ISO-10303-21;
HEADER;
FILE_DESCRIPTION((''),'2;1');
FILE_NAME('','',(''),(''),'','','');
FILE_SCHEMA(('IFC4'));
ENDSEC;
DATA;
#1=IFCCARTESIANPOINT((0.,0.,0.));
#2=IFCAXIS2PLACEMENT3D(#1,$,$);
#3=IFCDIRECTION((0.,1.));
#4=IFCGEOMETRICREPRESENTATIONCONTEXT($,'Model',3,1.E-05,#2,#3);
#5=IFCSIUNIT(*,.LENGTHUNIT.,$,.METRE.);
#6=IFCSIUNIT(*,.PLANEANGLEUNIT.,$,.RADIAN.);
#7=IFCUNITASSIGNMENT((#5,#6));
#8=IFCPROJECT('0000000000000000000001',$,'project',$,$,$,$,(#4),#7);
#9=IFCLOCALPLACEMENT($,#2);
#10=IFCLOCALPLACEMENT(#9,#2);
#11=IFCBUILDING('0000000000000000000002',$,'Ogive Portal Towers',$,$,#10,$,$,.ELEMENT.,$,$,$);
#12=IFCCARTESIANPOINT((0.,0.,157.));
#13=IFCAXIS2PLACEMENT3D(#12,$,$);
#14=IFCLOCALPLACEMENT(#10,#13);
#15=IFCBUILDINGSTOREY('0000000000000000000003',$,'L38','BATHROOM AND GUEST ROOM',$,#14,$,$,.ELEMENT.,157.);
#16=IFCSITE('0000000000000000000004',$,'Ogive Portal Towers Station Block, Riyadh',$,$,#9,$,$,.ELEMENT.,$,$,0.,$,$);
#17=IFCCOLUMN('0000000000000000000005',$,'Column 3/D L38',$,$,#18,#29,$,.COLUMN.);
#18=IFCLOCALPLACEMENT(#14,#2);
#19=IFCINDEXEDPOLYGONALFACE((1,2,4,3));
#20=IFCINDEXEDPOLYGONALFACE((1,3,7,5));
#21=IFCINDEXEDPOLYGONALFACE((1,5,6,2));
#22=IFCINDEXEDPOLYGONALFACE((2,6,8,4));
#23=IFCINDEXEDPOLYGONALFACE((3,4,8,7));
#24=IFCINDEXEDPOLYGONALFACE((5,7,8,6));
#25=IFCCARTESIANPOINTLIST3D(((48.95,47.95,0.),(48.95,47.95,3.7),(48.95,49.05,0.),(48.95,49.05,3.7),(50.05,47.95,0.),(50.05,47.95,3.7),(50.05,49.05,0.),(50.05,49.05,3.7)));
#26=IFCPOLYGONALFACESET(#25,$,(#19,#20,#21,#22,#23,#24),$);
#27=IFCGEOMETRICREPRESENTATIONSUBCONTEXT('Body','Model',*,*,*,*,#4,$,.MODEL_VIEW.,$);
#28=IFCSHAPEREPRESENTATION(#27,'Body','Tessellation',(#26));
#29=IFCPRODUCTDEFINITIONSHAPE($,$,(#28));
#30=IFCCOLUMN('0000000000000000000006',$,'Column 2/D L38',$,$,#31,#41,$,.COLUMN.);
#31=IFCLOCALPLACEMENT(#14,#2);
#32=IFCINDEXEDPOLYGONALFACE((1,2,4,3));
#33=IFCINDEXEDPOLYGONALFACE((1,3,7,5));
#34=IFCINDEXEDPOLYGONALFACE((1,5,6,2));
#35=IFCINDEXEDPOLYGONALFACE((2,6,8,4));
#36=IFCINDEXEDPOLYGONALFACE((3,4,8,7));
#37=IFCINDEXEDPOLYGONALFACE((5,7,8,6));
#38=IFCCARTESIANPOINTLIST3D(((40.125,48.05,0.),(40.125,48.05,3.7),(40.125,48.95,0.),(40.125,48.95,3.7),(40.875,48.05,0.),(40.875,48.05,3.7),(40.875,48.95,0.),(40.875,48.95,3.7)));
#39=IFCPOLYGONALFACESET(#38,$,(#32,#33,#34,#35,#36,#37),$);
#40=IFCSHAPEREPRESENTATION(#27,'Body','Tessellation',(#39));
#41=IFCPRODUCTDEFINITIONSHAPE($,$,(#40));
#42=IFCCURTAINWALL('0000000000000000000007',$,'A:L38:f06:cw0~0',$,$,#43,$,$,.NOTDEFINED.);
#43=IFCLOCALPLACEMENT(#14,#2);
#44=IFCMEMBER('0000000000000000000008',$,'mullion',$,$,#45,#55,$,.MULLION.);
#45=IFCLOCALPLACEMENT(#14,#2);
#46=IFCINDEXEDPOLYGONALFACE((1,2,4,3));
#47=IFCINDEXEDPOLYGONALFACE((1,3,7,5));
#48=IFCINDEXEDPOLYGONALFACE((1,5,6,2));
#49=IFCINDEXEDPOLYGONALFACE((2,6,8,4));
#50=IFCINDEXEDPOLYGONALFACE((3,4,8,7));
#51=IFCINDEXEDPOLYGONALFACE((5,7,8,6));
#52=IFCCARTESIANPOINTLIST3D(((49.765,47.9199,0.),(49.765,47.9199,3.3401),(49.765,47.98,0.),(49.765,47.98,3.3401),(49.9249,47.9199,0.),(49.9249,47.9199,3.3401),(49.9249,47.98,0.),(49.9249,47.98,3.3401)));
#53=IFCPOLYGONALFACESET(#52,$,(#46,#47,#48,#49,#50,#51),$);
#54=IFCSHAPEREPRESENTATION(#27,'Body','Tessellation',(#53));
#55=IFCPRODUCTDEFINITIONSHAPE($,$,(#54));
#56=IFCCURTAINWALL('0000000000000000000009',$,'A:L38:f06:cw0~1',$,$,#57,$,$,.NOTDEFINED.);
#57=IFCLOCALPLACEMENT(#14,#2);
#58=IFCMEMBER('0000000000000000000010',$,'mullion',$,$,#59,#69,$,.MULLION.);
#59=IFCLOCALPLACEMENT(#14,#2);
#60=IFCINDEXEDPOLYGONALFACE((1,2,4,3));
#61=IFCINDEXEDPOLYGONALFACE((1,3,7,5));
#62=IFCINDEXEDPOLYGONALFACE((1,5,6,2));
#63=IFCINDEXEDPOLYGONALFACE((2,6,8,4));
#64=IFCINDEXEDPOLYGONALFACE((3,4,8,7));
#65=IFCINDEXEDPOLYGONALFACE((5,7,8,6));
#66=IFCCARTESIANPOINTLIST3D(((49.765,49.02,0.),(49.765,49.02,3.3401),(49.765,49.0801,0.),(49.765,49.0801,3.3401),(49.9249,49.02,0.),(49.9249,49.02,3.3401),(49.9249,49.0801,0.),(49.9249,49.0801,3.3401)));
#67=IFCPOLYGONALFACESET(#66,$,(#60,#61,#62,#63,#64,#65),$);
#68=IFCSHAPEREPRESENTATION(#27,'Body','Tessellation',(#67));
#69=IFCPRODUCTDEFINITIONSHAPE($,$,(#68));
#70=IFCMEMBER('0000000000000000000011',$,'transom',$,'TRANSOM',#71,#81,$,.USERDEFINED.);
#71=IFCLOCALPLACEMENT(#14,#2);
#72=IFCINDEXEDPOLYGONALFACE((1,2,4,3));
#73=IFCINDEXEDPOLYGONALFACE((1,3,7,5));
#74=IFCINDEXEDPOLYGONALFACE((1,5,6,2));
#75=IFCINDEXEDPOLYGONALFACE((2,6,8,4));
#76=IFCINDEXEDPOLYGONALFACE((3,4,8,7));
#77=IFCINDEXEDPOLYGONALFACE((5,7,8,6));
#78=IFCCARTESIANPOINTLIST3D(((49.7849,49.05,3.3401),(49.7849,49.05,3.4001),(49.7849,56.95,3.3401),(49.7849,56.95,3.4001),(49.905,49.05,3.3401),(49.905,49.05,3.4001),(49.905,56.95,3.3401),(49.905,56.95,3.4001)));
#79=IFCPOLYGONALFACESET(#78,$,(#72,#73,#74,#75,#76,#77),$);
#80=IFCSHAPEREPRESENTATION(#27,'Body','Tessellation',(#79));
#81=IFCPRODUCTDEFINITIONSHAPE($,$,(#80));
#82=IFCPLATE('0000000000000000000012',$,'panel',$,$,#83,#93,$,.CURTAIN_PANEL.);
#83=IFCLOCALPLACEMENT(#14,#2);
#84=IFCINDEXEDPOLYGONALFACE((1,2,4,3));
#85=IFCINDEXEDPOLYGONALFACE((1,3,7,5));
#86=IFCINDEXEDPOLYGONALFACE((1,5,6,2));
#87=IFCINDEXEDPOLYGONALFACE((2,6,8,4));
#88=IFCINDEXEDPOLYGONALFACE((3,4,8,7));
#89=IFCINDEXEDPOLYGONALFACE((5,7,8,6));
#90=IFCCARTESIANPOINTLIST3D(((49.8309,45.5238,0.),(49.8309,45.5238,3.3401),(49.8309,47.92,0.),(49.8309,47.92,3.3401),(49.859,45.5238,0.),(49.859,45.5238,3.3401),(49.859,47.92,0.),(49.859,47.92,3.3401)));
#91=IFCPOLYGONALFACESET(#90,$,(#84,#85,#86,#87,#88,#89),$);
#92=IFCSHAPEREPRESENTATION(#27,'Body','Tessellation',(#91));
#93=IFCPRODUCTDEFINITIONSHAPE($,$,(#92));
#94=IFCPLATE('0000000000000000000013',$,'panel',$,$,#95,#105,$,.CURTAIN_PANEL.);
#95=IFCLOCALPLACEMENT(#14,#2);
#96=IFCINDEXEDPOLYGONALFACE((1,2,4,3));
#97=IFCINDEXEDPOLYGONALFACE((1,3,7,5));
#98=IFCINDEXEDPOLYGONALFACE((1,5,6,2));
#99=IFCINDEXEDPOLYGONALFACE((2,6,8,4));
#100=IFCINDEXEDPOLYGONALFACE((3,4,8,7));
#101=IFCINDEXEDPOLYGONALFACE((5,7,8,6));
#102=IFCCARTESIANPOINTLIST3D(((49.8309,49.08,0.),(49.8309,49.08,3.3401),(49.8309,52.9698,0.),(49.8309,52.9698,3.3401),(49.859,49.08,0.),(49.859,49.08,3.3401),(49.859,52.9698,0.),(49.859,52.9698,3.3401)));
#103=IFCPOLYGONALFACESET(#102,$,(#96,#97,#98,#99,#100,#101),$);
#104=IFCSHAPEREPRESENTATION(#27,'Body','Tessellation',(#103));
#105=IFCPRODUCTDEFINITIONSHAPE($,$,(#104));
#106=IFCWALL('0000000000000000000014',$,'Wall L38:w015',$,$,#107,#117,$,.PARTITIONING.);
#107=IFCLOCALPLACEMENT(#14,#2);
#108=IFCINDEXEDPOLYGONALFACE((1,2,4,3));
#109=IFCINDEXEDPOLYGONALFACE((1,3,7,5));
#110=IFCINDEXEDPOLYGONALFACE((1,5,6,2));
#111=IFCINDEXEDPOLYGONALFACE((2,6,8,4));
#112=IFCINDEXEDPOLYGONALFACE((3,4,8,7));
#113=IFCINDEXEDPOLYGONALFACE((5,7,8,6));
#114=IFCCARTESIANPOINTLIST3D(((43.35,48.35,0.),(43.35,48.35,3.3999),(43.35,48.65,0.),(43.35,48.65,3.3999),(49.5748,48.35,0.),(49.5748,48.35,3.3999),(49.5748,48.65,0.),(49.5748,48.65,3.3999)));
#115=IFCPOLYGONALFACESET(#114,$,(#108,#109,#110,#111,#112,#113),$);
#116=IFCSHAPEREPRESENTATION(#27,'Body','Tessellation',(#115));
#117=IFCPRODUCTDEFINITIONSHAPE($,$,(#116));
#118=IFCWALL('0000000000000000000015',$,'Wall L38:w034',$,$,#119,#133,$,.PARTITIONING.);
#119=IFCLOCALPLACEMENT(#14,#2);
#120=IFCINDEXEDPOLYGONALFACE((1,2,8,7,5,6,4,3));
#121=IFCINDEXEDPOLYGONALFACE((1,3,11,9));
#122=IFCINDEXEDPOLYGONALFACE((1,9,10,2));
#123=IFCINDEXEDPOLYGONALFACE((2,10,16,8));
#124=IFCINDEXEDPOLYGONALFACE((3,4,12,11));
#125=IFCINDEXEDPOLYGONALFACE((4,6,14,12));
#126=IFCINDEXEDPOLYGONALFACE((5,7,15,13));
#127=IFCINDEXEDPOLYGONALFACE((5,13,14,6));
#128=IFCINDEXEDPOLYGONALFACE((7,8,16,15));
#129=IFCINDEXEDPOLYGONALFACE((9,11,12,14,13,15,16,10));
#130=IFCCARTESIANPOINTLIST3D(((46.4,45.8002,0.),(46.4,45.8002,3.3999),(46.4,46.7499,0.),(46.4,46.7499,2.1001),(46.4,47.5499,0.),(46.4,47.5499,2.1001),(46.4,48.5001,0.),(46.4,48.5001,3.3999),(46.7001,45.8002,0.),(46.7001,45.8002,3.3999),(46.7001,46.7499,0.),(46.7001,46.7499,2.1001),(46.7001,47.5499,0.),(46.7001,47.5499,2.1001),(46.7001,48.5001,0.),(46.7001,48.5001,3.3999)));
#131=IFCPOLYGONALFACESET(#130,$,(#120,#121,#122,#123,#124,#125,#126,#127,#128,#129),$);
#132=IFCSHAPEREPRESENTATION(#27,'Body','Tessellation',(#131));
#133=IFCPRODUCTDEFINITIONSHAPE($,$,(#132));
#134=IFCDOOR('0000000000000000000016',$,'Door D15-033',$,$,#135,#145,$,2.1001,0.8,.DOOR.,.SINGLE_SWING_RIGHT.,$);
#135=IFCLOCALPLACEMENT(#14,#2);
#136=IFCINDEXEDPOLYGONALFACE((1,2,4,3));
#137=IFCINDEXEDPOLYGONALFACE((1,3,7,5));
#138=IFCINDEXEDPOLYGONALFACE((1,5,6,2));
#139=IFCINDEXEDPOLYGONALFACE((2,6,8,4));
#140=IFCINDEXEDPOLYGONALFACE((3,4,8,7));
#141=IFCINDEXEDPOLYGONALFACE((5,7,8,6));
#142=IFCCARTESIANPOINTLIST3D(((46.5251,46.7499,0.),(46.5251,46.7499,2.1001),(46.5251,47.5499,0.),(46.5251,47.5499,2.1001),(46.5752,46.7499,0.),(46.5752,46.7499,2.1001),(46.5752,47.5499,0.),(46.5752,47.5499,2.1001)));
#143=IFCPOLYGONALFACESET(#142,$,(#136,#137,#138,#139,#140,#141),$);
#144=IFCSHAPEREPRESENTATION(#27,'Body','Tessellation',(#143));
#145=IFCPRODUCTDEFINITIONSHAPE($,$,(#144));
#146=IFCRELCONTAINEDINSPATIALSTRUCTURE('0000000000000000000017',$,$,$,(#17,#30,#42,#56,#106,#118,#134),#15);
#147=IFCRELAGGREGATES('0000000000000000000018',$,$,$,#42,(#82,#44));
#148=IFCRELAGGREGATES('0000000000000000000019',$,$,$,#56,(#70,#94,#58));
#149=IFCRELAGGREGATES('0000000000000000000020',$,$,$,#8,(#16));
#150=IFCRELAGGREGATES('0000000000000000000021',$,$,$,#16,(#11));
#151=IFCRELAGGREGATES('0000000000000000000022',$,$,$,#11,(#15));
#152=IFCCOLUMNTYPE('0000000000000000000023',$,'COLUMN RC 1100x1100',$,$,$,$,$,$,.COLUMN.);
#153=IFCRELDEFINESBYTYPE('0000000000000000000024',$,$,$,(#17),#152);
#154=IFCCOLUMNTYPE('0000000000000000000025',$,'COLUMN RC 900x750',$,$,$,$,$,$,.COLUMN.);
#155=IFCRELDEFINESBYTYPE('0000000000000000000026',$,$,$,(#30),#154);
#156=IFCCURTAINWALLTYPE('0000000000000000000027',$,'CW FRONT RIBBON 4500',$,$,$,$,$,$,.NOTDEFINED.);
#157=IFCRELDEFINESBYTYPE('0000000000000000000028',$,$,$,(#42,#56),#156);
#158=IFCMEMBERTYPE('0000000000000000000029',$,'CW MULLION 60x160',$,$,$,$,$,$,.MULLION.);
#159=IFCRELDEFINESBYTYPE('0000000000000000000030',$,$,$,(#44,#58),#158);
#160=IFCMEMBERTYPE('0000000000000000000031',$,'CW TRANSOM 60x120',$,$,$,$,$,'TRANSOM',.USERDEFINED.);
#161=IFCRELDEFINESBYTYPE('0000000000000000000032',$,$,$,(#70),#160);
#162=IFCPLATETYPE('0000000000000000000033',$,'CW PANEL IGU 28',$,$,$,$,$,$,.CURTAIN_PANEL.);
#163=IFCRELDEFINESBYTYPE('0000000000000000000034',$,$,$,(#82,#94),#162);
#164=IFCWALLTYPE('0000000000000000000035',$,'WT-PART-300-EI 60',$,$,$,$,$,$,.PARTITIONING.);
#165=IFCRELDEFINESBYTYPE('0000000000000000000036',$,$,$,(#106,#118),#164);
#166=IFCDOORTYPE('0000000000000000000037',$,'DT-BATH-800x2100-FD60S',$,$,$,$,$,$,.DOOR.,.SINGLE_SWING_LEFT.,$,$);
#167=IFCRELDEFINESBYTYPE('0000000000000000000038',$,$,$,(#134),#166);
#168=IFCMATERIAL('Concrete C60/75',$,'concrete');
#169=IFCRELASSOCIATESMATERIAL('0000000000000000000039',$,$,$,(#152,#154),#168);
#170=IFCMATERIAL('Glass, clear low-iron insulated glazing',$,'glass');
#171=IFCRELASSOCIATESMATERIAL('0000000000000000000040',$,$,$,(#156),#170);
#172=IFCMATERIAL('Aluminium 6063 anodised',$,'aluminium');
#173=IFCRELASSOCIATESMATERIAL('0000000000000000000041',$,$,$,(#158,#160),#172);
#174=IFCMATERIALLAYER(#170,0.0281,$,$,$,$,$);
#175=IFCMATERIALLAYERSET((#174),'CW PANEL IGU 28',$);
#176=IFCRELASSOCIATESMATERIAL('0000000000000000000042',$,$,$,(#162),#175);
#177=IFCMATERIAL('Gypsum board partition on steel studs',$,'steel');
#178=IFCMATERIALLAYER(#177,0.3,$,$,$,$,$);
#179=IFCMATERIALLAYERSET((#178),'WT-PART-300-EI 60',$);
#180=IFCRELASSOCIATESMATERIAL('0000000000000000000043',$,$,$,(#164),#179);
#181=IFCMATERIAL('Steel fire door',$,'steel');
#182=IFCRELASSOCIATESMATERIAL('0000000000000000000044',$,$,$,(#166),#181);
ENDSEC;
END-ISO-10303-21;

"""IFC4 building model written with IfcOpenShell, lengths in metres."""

from ifc_helpers import new_model, si_unit, direction, frame, frame_2d, origin, origin_2d, place, context, subcontext, project, spatial, rectangle, extrude, material, layer, layer_set, material_profile, profile_set, type_object, element, fill, aggregate, save


model = new_model("IFC4")

# Units and contexts
model_context = context("Model", 3, precision=1e-05, world=origin(), true_north=direction((0.0, 1.0)))
body_context = subcontext(model_context, "Body", "Model", "MODEL_VIEW")
ifc_project = project(units=[si_unit("LENGTHUNIT", "METRE"), si_unit("PLANEANGLEUNIT", "RADIAN")], contexts=[model_context])

# Site, building, storey
site_placement = place(None, origin())
site = spatial("IfcSite", under=ifc_project, at=site_placement, Name="Ogive Portal Towers Station Block, Riyadh", CompositionType="ELEMENT", RefElevation=0.0)
building_placement = place(site_placement, origin())
building = spatial("IfcBuilding", under=site, at=building_placement, Name="Ogive Portal Towers", CompositionType="ELEMENT")
storey_placement = place(building_placement, frame((0.0, 0.0, 157.0)))
storey = spatial("IfcBuildingStorey", under=building, at=storey_placement, Name="L38", Description="BATHROOM AND GUEST ROOM", CompositionType="ELEMENT", Elevation=157.0)

# Columns
ifc_material_1 = material(Name="Concrete C60/75", Category="concrete")
ifc_material_profile_1 = material_profile(ifc_material_1, rectangle(XDim=1.1001, YDim=1.1001, at=origin_2d()), Name="RC 1100x1100")
ifc_profile_set_1 = profile_set([ifc_material_profile_1], Name="Concrete C60/75")
column_type_1 = type_object("IfcColumnType", Name="COLUMN RC 1100x1100", PredefinedType="COLUMN", material=ifc_profile_set_1)
column_1_placement = place(storey_placement, frame((49.5, 48.5, 0.0), z_axis=(0.0, 0.0, 1.0), x_axis=(1.0, 0.0, 0.0)))
element("IfcColumn", 1, at=column_1_placement, inside=storey, type_object=column_type_1, Name="Column 3/D L38", PredefinedType="COLUMN", context=body_context, shape_type="SweptSolid", body=[
    extrude(rectangle(XDim=1.1001, YDim=1.1001, at=origin_2d()), origin(), (0.0, 0.0, 1.0), 3.7),
])
ifc_material_profile_2 = material_profile(ifc_material_1, rectangle(XDim=0.8999, YDim=0.75, at=origin_2d()), Name="RC 900x750")
ifc_profile_set_2 = profile_set([ifc_material_profile_2], Name="Concrete C60/75")
column_type_2 = type_object("IfcColumnType", Name="COLUMN RC 900x750", PredefinedType="COLUMN", material=ifc_profile_set_2)
column_2_placement = place(storey_placement, frame((40.5, 48.5, 0.0), z_axis=(0.0, 0.0, 1.0), x_axis=(0.0, 1.0, 0.0)))
element("IfcColumn", 2, at=column_2_placement, inside=storey, type_object=column_type_2, Name="Column 2/D L38", PredefinedType="COLUMN", context=body_context, shape_type="SweptSolid", body=[
    extrude(rectangle(XDim=0.8999, YDim=0.75, at=origin_2d()), origin(), (0.0, 0.0, 1.0), 3.7),
])

# Curtain wall, member
ifc_material_2 = material(Name="Glass, clear low-iron insulated glazing", Category="glass")
curtain_wall_type = type_object("IfcCurtainWallType", Name="CW FRONT RIBBON 4500", PredefinedType="NOTDEFINED", material=ifc_material_2)
curtain_wall_1_placement = place(storey_placement, origin())
curtain_wall_1 = element("IfcCurtainWall", 3, at=curtain_wall_1_placement, inside=storey, type_object=curtain_wall_type, Name="A:L38:f06:cw0~0", PredefinedType="NOTDEFINED")
ifc_material_3 = material(Name="Aluminium 6063 anodised", Category="aluminium")
ifc_material_profile_3 = material_profile(ifc_material_3, rectangle(XDim=0.1599, YDim=0.0601, at=origin_2d()), Name="AL 60x160")
ifc_profile_set_3 = profile_set([ifc_material_profile_3], Name="Aluminium 6063 anodised")
member_type_1 = type_object("IfcMemberType", Name="CW MULLION 60x160", PredefinedType="MULLION", material=ifc_profile_set_3)
member_1_placement = place(storey_placement, frame((49.845, 47.95, 0.0), z_axis=(0.0, 0.0, 1.0), x_axis=(-1.0, 0.0, 0.0)))
member_1 = element("IfcMember", 4, at=member_1_placement, type_object=member_type_1, Name="mullion", PredefinedType="MULLION", context=body_context, shape_type="SweptSolid", body=[
    extrude(rectangle(XDim=0.1599, YDim=0.0601, at=origin_2d()), origin(), (0.0, 0.0, 1.0), 3.3401),
])

# Curtain wall, members
curtain_wall_2_placement = place(storey_placement, origin())
curtain_wall_2 = element("IfcCurtainWall", 5, at=curtain_wall_2_placement, inside=storey, type_object=curtain_wall_type, Name="A:L38:f06:cw0~1", PredefinedType="NOTDEFINED")
member_2_placement = place(storey_placement, frame((49.845, 49.05, 0.0), z_axis=(0.0, 0.0, 1.0), x_axis=(-1.0, 0.0, 0.0)))
member_2 = element("IfcMember", 6, at=member_2_placement, type_object=member_type_1, Name="mullion", PredefinedType="MULLION", context=body_context, shape_type="SweptSolid", body=[
    extrude(rectangle(XDim=0.1599, YDim=0.0601, at=origin_2d()), origin(), (0.0, 0.0, 1.0), 3.3401),
])
ifc_material_profile_4 = material_profile(ifc_material_3, rectangle(XDim=0.1201, YDim=0.0601, at=origin_2d()), Name="AL 120x60")
ifc_profile_set_4 = profile_set([ifc_material_profile_4], Name="Aluminium 6063 anodised")
member_type_2 = type_object("IfcMemberType", Name="CW TRANSOM 60x120", ElementType="TRANSOM", PredefinedType="USERDEFINED", material=ifc_profile_set_4)
member_3_placement = place(storey_placement, frame((49.845, 49.05, 3.3701), z_axis=(0.0, 1.0, 0.0), x_axis=(-1.0, 0.0, 0.0)))
member_3 = element("IfcMember", 7, at=member_3_placement, type_object=member_type_2, Name="transom", ObjectType="TRANSOM", PredefinedType="USERDEFINED", context=body_context, shape_type="SweptSolid", body=[
    extrude(rectangle(XDim=0.1201, YDim=0.0601, at=origin_2d()), origin(), (0.0, 0.0, 1.0), 7.8999),
])

# Plates
ifc_layer_1 = layer(ifc_material_2, 0.0281)
ifc_layer_set_1 = layer_set([ifc_layer_1], Name="CW PANEL IGU 28")
plate_type = type_object("IfcPlateType", Name="CW PANEL IGU 28", PredefinedType="CURTAIN_PANEL", material=ifc_layer_set_1)
plate_1_placement = place(storey_placement, frame((49.845, 46.7219, 0.0), z_axis=(0.0, 0.0, 1.0), x_axis=(0.0, 1.0, 0.0)))
plate_1 = element("IfcPlate", 8, at=plate_1_placement, type_object=plate_type, Name="panel", PredefinedType="CURTAIN_PANEL", context=body_context, shape_type="SweptSolid", body=[
    extrude(rectangle(XDim=2.3962, YDim=0.0281, at=origin_2d()), origin(), (0.0, 0.0, 1.0), 3.3401),
])
aggregate(curtain_wall_1, [plate_1, member_1])
plate_2_placement = place(storey_placement, frame((49.845, 51.0249, 0.0), z_axis=(0.0, 0.0, 1.0), x_axis=(0.0, 1.0, 0.0)))
plate_2 = element("IfcPlate", 9, at=plate_2_placement, type_object=plate_type, Name="panel", PredefinedType="CURTAIN_PANEL", context=body_context, shape_type="SweptSolid", body=[
    extrude(rectangle(XDim=3.8899, YDim=0.0281, at=origin_2d()), origin(), (0.0, 0.0, 1.0), 3.3401),
])
aggregate(curtain_wall_2, [member_3, plate_2, member_2])

# Wall
ifc_material_4 = material(Name="Gypsum board partition on steel studs", Category="steel")
ifc_layer_2 = layer(ifc_material_4, 0.3)
ifc_layer_set_2 = layer_set([ifc_layer_2], Name="WT-PART-300-EI 60")
wall_type = type_object("IfcWallType", Name="WT-PART-300-EI 60", PredefinedType="PARTITIONING", material=ifc_layer_set_2)
wall_1_placement = place(storey_placement, frame((43.3501, 48.5, 0.0), z_axis=(0.0, 0.0, 1.0), x_axis=(1.0, 0.0, 0.0)))
element("IfcWall", 10, at=wall_1_placement, inside=storey, type_object=wall_type, Name="Wall L38:w015", PredefinedType="PARTITIONING", context=body_context, shape_type="SweptSolid", body=[
    extrude(rectangle(XDim=6.2249, YDim=0.3, at=frame_2d((3.1123, 0.0))), origin(), (0.0, 0.0, 1.0), 3.3999),
])

# Wall, opening, door
wall_2_placement = place(storey_placement, frame((46.55, 45.8, 0.0), z_axis=(0.0, 0.0, 1.0), x_axis=(0.0, 1.0, 0.0)))
wall_2 = element("IfcWall", 11, at=wall_2_placement, inside=storey, type_object=wall_type, Name="Wall L38:w034", PredefinedType="PARTITIONING", context=body_context, shape_type="SweptSolid", body=[
    extrude(rectangle(XDim=2.7, YDim=0.3, at=frame_2d((1.3501, 0.0))), origin(), (0.0, 0.0, 1.0), 3.3999),
])
opening_placement = place(wall_2_placement, frame((0.95, 0.0, 0.0)))
opening = element("IfcOpeningElement", 12, at=opening_placement, cuts=wall_2, PredefinedType="OPENING", context=body_context, shape_type="SweptSolid", body=[
    extrude(rectangle(XDim=0.8, YDim=2.1001, at=frame_2d((0.3999, 1.05))), frame((0.0, 0.1602, 0.0), z_axis=(0.0, -1.0, 0.0), x_axis=(1.0, 0.0, 0.0)), (0.0, 0.0, 1.0), 0.3201),
])
ifc_material_5 = material(Name="Steel fire door", Category="steel")
door_type = type_object("IfcDoorType", Name="DT-BATH-800x2100-FD60S", OperationType="SINGLE_SWING_LEFT", PredefinedType="DOOR", material=ifc_material_5)
door_placement = place(opening_placement, origin())
door = element("IfcDoor", 13, at=door_placement, inside=storey, type_object=door_type, Name="Door D15-033", OperationType="SINGLE_SWING_RIGHT", OverallHeight=2.1001, OverallWidth=0.8, PredefinedType="DOOR", context=body_context, shape_type="SweptSolid", body=[
    extrude(rectangle(XDim=0.8, YDim=2.1001, at=frame_2d((0.3999, 1.05))), frame((0.0, 0.0249, 0.0), z_axis=(0.0, -1.0, 0.0), x_axis=(1.0, 0.0, 0.0)), (0.0, 0.0, 1.0), 0.05),
])
fill(opening, door)

save(model, "model.ifc")
